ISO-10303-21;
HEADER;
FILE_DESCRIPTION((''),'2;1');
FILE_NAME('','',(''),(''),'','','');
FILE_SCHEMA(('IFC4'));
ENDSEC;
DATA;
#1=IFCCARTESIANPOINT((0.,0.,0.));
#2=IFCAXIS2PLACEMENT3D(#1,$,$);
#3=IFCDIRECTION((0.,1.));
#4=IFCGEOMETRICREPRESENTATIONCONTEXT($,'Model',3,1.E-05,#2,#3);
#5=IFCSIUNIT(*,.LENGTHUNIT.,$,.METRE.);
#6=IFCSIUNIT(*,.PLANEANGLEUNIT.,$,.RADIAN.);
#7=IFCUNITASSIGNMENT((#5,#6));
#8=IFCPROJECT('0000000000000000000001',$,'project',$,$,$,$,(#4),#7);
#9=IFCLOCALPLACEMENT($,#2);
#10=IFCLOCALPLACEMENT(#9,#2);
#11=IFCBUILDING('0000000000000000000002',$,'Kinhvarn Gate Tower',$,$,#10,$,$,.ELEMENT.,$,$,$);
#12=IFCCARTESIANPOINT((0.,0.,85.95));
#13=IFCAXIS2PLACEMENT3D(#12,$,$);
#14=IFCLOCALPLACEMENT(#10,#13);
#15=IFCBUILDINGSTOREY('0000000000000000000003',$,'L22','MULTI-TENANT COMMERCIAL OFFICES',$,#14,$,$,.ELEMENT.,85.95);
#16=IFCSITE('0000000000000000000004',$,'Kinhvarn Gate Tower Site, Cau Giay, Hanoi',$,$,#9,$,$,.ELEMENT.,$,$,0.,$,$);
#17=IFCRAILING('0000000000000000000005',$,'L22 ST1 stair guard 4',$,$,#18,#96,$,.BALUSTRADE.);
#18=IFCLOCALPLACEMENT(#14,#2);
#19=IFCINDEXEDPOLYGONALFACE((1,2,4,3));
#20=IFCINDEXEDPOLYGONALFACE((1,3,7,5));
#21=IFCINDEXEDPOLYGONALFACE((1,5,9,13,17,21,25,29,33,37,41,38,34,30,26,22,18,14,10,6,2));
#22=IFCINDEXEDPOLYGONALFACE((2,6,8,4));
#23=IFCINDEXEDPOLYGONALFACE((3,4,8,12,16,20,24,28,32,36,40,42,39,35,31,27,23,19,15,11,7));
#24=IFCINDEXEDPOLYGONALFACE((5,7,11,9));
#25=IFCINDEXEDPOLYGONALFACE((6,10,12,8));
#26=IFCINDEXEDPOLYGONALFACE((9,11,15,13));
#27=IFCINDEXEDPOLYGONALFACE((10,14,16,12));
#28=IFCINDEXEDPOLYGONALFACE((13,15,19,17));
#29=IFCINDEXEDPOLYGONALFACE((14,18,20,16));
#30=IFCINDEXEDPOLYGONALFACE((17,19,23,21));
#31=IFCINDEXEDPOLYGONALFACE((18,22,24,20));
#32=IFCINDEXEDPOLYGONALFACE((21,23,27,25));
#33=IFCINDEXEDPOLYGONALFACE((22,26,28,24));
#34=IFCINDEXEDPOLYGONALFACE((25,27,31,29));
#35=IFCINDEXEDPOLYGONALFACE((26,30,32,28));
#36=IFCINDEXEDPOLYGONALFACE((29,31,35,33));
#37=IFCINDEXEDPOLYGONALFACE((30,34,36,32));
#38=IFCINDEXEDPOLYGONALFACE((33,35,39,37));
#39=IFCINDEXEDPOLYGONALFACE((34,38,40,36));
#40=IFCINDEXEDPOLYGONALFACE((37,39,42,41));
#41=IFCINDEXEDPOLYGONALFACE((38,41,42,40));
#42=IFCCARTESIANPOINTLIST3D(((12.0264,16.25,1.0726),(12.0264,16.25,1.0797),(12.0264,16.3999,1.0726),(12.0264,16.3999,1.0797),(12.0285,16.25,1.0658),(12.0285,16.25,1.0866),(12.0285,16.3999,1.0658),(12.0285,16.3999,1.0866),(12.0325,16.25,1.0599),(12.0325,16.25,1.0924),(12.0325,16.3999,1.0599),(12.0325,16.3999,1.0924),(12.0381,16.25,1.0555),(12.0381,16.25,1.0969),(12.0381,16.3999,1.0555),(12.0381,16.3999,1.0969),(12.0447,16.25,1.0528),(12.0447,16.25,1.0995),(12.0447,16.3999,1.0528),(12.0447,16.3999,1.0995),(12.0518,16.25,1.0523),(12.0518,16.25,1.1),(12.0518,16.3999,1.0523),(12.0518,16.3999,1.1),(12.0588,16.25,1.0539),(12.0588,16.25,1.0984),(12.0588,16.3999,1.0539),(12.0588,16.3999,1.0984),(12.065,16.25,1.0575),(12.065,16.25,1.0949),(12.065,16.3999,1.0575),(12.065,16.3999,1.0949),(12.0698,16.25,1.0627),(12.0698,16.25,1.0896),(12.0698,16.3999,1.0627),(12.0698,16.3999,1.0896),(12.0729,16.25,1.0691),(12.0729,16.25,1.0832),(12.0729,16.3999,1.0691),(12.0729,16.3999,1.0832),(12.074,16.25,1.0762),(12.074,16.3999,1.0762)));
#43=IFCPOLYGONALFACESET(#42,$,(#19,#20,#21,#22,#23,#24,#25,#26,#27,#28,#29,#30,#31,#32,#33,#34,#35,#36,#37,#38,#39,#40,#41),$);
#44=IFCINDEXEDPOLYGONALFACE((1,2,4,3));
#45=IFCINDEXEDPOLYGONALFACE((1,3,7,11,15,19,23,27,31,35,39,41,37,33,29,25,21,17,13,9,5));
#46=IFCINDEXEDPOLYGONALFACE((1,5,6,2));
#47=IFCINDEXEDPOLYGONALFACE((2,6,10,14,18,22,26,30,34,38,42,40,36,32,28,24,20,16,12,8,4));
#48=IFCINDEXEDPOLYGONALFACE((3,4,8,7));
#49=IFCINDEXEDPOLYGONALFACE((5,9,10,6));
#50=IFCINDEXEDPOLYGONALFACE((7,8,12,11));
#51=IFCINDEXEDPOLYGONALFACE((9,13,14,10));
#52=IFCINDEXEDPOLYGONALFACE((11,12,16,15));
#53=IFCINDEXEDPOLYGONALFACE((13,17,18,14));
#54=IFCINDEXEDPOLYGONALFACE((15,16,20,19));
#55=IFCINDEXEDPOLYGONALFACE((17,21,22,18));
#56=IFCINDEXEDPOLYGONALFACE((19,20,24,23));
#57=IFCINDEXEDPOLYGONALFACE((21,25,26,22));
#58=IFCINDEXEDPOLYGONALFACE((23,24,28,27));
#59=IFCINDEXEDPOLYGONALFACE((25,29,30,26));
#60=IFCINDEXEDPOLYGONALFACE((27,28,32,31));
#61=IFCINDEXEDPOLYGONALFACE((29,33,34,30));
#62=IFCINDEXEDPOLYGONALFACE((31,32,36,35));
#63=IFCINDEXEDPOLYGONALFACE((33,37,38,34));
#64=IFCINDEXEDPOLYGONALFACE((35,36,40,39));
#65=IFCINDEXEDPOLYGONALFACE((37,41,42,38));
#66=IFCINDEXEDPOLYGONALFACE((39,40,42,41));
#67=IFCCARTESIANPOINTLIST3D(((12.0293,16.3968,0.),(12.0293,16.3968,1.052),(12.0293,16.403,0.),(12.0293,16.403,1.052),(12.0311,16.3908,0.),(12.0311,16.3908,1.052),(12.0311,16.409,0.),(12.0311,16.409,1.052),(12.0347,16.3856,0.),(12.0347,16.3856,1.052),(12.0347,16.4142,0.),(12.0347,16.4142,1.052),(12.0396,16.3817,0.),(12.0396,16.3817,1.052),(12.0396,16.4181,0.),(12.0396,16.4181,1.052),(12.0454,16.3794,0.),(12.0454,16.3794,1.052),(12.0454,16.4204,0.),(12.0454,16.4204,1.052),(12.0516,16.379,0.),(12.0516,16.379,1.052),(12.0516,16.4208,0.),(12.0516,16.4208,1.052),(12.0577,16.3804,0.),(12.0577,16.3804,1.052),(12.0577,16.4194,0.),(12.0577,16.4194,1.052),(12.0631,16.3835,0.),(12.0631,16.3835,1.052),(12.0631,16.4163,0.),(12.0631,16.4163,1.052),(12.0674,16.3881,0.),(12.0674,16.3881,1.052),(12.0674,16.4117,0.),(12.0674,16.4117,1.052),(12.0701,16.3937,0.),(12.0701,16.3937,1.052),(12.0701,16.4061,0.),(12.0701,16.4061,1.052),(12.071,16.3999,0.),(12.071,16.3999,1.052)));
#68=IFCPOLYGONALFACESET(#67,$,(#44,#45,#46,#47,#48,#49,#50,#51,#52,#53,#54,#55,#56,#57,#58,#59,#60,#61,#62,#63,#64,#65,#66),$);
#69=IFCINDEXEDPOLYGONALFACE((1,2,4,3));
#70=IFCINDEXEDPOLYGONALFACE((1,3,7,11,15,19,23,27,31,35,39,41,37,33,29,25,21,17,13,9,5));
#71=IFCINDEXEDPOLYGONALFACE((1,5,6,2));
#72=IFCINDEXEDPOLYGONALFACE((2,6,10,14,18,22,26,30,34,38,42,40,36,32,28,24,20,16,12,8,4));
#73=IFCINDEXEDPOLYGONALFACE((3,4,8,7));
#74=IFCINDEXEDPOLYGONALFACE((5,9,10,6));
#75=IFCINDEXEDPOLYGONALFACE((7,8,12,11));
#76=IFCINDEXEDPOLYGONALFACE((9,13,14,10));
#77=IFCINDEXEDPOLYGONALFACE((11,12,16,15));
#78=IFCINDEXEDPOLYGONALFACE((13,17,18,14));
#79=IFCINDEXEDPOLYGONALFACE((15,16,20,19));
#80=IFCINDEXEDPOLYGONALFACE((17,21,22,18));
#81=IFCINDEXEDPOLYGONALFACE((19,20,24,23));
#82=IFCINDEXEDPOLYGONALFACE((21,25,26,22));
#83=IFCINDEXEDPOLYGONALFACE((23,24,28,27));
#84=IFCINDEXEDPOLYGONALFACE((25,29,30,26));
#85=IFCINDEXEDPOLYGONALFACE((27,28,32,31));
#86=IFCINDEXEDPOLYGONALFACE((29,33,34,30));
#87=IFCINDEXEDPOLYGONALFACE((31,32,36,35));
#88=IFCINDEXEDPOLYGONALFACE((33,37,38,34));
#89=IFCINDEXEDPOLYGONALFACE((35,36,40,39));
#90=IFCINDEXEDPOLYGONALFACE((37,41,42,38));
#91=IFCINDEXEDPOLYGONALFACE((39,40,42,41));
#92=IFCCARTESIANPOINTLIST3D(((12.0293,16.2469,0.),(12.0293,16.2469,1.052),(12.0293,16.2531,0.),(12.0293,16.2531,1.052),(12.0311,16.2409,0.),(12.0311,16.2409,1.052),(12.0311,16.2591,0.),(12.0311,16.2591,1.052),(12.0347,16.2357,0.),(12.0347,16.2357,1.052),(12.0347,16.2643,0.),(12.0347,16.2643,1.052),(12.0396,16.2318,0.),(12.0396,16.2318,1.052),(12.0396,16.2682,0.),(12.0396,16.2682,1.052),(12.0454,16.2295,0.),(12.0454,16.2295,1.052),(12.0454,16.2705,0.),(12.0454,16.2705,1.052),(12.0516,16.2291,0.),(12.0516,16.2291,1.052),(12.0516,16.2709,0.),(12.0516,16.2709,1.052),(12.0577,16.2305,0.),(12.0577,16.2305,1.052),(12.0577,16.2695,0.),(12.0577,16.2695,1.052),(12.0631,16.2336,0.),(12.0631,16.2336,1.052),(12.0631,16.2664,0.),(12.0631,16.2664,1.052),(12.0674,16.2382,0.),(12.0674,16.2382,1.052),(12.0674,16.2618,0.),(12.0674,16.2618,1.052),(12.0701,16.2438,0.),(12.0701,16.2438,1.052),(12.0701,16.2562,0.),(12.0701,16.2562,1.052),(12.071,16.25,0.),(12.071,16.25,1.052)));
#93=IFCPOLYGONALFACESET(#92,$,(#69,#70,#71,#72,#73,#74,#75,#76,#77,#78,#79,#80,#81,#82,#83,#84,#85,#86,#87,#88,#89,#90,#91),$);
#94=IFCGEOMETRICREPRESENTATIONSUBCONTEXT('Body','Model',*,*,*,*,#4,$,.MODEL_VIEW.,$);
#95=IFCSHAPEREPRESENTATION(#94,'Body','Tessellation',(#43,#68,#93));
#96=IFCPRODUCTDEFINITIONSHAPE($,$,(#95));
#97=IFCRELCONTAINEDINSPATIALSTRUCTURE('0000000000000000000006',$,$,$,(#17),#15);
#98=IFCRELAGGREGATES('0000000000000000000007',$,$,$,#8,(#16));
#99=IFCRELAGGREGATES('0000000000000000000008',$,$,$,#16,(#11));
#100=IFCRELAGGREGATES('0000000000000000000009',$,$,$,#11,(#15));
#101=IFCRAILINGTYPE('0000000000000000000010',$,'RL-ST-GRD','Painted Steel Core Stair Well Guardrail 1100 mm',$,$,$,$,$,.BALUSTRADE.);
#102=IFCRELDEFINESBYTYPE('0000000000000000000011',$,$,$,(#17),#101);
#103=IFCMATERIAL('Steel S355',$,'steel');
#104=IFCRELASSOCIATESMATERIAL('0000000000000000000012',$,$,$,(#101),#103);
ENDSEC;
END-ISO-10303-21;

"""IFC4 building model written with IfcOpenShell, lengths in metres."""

from ifc_helpers import new_model, si_unit, direction, frame, origin, origin_2d, place, context, subcontext, project, spatial, circle, extrude, material, type_object, element, save


model = new_model("IFC4")

# Units and contexts
model_context = context("Model", 3, precision=1e-05, world=origin(), true_north=direction((0.0, 1.0)))
body_context = subcontext(model_context, "Body", "Model", "MODEL_VIEW")
ifc_project = project(units=[si_unit("LENGTHUNIT", "METRE"), si_unit("PLANEANGLEUNIT", "RADIAN")], contexts=[model_context])

# Site, building, storey
site_placement = place(None, origin())
site = spatial("IfcSite", under=ifc_project, at=site_placement, Name="Kinhvarn Gate Tower Site, Cau Giay, Hanoi", CompositionType="ELEMENT", RefElevation=0.0)
building_placement = place(site_placement, origin())
building = spatial("IfcBuilding", under=site, at=building_placement, Name="Kinhvarn Gate Tower", CompositionType="ELEMENT")
storey_placement = place(building_placement, frame((0.0, 0.0, 85.95)))
storey = spatial("IfcBuildingStorey", under=building, at=storey_placement, Name="L22", Description="MULTI-TENANT COMMERCIAL OFFICES", CompositionType="ELEMENT", Elevation=85.95)

# Shared definitions
ifc_material_1 = material(Name="Steel S355", Category="steel")

# Railing
railing_type_1 = type_object("IfcRailingType", Name="RL-ST-GRD", Description="Painted Steel Core Stair Well Guardrail 1100 mm", PredefinedType="BALUSTRADE", material=ifc_material_1)
railing_1_placement = place(storey_placement, frame((12.05, 16.3999, 0.0)))
element("IfcRailing", 1, at=railing_1_placement, inside=storey, type_object=railing_type_1, Name="L22 ST1 stair guard 4", PredefinedType="BALUSTRADE", context=body_context, shape_type="SweptSolid", body=[
    extrude(circle(Radius=0.0239, at=origin_2d()), frame((0.0, 0.0, 1.0762), z_axis=(0.0, -1.0, 0.0), x_axis=(1.0, 0.0, 0.0)), (0.0, 0.0, 1.0), 0.1499),
    extrude(circle(Radius=0.021, at=origin_2d()), origin(), (0.0, 0.0, 1.0), 1.052),
    extrude(circle(Radius=0.021, at=origin_2d()), frame((0.0, -0.1499, 0.0)), (0.0, 0.0, 1.0), 1.052),
])

save(model, "model.ifc")
